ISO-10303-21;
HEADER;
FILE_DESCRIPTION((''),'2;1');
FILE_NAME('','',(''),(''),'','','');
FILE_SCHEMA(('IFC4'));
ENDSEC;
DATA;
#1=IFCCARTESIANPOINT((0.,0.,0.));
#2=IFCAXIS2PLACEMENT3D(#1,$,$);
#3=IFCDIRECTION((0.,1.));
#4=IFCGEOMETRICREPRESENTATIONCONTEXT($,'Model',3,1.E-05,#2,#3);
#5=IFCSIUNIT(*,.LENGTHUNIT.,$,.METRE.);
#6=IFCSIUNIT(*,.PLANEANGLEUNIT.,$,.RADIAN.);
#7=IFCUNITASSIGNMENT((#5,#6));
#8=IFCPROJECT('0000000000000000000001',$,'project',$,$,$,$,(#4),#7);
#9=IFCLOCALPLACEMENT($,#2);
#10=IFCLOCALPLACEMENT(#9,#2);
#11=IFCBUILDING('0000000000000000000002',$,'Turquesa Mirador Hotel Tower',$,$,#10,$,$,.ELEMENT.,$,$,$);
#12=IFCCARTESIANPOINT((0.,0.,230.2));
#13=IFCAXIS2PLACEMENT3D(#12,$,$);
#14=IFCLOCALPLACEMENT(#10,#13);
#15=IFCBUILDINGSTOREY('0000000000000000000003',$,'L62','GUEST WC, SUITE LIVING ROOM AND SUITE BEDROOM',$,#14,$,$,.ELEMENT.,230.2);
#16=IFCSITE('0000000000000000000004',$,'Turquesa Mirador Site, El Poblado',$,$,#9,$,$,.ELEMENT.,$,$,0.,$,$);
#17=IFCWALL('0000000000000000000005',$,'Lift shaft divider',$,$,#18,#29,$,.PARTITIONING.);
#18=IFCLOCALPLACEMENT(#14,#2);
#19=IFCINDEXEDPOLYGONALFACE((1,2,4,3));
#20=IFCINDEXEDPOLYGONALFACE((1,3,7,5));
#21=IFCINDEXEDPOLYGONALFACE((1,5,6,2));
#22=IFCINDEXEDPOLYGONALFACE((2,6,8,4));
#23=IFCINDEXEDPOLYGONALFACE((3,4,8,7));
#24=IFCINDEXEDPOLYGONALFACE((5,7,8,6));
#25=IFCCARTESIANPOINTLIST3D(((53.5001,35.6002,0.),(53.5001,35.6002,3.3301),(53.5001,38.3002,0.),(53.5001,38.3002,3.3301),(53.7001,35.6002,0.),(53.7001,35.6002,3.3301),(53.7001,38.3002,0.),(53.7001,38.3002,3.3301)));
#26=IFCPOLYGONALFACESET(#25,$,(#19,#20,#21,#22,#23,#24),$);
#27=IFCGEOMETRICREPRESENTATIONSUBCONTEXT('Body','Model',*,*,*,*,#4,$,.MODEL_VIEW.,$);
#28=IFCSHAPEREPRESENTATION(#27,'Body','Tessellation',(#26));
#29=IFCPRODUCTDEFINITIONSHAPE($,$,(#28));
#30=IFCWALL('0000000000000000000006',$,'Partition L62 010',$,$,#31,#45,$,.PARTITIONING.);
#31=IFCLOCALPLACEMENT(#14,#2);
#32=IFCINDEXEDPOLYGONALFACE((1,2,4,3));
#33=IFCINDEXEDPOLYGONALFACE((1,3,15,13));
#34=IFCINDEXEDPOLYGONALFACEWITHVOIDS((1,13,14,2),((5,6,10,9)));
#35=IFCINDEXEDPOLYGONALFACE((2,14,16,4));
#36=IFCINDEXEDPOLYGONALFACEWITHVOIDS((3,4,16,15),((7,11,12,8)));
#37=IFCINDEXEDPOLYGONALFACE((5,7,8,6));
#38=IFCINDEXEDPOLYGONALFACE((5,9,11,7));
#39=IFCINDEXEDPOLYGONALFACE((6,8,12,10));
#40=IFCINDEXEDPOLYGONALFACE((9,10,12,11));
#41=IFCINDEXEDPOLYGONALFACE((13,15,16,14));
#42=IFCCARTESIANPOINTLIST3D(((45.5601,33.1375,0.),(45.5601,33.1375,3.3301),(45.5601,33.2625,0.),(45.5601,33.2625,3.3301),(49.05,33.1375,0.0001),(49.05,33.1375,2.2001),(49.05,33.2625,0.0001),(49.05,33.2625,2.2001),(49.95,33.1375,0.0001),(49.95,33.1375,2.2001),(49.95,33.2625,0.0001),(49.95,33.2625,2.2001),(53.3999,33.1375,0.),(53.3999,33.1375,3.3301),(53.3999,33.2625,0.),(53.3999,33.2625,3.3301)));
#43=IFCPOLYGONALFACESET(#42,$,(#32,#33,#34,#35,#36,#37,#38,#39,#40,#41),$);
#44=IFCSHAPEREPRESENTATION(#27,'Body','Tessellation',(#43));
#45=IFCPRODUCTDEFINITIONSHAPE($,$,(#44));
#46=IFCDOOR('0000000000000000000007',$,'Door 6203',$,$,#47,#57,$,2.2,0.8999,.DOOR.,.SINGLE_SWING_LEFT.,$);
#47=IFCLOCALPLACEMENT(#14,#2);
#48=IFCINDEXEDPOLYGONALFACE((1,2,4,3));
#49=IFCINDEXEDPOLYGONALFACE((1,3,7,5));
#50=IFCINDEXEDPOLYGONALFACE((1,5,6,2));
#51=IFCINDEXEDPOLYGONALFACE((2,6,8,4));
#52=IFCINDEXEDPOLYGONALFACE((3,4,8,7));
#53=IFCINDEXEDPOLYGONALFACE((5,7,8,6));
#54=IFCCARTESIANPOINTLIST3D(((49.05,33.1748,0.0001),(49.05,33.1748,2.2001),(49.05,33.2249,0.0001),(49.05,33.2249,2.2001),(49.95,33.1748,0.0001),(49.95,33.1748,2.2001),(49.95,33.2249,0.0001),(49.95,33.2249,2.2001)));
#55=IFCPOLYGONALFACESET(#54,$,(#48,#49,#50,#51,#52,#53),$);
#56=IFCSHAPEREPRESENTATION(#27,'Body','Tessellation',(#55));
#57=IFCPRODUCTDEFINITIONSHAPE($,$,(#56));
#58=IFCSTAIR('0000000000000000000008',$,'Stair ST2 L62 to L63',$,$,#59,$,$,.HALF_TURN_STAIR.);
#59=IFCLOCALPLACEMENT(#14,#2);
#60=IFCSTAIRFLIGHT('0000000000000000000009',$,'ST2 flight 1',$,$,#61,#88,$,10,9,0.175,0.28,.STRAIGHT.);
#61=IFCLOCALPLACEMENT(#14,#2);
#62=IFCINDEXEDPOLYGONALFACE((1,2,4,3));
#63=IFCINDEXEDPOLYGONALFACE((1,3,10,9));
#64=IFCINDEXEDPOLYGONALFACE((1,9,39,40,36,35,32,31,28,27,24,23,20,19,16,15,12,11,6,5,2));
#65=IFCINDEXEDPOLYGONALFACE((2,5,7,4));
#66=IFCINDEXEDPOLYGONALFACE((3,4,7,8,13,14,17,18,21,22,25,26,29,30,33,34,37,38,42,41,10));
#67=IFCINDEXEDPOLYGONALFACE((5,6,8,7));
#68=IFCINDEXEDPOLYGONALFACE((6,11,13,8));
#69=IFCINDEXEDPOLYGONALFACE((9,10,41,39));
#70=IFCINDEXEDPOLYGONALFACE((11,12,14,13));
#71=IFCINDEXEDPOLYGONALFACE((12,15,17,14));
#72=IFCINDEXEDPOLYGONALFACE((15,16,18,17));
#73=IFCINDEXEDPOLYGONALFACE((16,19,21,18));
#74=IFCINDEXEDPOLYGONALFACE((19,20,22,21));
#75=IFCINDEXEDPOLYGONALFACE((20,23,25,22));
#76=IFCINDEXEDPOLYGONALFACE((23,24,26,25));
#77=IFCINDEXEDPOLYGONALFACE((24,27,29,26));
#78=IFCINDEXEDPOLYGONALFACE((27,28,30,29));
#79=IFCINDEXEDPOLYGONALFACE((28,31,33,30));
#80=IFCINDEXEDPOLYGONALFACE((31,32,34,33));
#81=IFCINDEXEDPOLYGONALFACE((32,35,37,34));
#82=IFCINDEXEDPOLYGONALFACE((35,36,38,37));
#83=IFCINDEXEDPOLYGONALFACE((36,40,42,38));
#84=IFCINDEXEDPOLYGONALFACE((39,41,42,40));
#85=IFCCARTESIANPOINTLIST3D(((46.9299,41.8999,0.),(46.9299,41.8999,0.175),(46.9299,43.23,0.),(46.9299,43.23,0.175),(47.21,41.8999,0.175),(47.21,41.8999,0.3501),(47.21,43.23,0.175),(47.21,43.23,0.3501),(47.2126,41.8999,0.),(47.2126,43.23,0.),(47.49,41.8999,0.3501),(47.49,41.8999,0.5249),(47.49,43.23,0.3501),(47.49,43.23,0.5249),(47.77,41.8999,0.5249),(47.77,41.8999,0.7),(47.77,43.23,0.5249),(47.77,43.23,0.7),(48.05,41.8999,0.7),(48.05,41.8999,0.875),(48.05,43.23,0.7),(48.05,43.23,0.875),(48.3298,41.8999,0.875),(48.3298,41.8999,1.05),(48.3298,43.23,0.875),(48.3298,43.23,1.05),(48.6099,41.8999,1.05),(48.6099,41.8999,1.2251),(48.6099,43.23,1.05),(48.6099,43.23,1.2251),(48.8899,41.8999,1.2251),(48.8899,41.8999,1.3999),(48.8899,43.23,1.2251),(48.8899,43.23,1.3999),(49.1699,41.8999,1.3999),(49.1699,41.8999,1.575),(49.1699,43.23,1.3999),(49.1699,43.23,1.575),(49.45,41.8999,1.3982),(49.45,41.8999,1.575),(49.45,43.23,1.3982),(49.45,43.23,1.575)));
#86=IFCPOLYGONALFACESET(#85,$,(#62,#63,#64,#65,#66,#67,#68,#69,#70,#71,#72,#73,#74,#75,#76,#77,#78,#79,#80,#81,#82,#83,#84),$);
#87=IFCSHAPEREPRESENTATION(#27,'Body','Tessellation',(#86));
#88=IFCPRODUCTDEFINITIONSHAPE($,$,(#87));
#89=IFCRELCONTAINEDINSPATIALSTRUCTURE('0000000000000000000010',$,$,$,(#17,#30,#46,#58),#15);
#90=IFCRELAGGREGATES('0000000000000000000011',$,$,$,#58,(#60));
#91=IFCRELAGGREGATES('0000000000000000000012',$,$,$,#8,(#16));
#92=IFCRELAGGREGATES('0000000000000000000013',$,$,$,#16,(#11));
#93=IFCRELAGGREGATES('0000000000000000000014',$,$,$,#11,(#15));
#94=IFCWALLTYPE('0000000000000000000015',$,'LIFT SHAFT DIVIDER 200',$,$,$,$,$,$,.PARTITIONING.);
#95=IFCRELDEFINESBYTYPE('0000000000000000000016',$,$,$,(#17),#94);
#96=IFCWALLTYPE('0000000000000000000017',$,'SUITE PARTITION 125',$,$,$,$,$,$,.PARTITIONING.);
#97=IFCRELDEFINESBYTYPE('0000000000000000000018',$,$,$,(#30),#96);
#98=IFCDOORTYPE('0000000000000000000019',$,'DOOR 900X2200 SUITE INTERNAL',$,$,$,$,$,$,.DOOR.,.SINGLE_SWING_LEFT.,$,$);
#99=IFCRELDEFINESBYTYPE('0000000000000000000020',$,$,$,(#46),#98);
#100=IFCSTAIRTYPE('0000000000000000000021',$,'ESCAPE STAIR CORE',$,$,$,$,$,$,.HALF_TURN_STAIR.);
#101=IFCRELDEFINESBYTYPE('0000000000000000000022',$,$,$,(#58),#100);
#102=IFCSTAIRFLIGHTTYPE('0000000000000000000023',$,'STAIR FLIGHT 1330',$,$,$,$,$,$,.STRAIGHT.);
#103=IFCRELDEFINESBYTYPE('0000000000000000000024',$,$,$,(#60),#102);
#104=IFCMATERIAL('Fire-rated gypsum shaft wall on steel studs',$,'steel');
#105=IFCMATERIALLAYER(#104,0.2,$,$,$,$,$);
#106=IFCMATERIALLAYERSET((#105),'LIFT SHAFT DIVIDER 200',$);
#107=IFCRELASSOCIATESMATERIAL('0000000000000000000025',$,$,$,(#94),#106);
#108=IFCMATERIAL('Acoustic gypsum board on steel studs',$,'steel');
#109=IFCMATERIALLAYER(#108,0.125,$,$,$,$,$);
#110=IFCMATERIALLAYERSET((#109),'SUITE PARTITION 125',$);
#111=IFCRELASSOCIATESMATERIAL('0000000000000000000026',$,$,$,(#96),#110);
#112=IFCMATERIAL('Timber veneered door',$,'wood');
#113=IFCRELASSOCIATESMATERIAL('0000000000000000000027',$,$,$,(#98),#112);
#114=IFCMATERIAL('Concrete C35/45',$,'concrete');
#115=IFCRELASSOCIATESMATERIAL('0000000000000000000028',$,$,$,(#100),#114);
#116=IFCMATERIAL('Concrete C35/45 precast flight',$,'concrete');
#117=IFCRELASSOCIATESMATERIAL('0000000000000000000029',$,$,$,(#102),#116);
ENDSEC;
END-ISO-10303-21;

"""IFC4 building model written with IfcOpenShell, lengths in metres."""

from ifc_helpers import new_model, si_unit, direction, frame, frame_2d, origin, place, context, subcontext, project, spatial, polyline, rectangle, outline, extrude, material, layer, layer_set, type_object, element, fill, aggregate, save


model = new_model("IFC4")

# Units and contexts
model_context = context("Model", 3, precision=1e-05, world=origin(), true_north=direction((0.0, 1.0)))
body_context = subcontext(model_context, "Body", "Model", "MODEL_VIEW")
ifc_project = project(units=[si_unit("LENGTHUNIT", "METRE"), si_unit("PLANEANGLEUNIT", "RADIAN")], contexts=[model_context])

# Site, building, storey
site_placement = place(None, origin())
site = spatial("IfcSite", under=ifc_project, at=site_placement, Name="Turquesa Mirador Site, El Poblado", CompositionType="ELEMENT", RefElevation=0.0)
building_placement = place(site_placement, origin())
building = spatial("IfcBuilding", under=site, at=building_placement, Name="Turquesa Mirador Hotel Tower", CompositionType="ELEMENT")
storey_placement = place(building_placement, frame((0.0, 0.0, 230.2)))
storey = spatial("IfcBuildingStorey", under=building, at=storey_placement, Name="L62", Description="GUEST WC, SUITE LIVING ROOM AND SUITE BEDROOM", CompositionType="ELEMENT", Elevation=230.2)

# Wall
ifc_material_1 = material(Name="Fire-rated gypsum shaft wall on steel studs", Category="steel")
ifc_layer_1 = layer(ifc_material_1, 0.2)
ifc_layer_set_1 = layer_set([ifc_layer_1], Name="LIFT SHAFT DIVIDER 200")
wall_type_1 = type_object("IfcWallType", Name="LIFT SHAFT DIVIDER 200", PredefinedType="PARTITIONING", material=ifc_layer_set_1)
for number, where, z_axis, x_axis, name in (
    (1, (53.6001, 35.6001, 0.0), (0.0, 0.0, 1.0), (0.0, 1.0, 0.0), "Lift shaft divider"),
):
    element("IfcWall", number, at=place(storey_placement, frame(where, z_axis=z_axis, x_axis=x_axis)), inside=storey, type_object=wall_type_1, Name=name, PredefinedType="PARTITIONING", context=body_context, shape_type="SweptSolid", body=[
        extrude(rectangle(XDim=2.7, YDim=0.2, at=frame_2d((1.3501, 0.0))), origin(), (0.0, 0.0, 1.0), 3.3301),
    ])

# Wall, opening, door
ifc_material_2 = material(Name="Acoustic gypsum board on steel studs", Category="steel")
ifc_layer_2 = layer(ifc_material_2, 0.125)
ifc_layer_set_2 = layer_set([ifc_layer_2], Name="SUITE PARTITION 125")
wall_type_2 = type_object("IfcWallType", Name="SUITE PARTITION 125", PredefinedType="PARTITIONING", material=ifc_layer_set_2)
wall_1_placement = place(storey_placement, frame((45.5601, 33.2, 0.0), z_axis=(0.0, 0.0, 1.0), x_axis=(1.0, 0.0, 0.0)))
wall_1 = element("IfcWall", 2, at=wall_1_placement, inside=storey, type_object=wall_type_2, Name="Partition L62 010", PredefinedType="PARTITIONING", context=body_context, shape_type="SweptSolid", body=[
    extrude(rectangle(XDim=7.8398, YDim=0.125, at=frame_2d((3.9199, 0.0))), origin(), (0.0, 0.0, 1.0), 3.3301),
])
opening_1_placement = place(wall_1_placement, frame((3.49, 0.0, 0.0)))
opening_1 = element("IfcOpeningElement", 3, at=opening_1_placement, cuts=wall_1, PredefinedType="OPENING", context=body_context, shape_type="SweptSolid", body=[
    extrude(rectangle(XDim=0.8999, YDim=2.2, at=frame_2d((0.45, 1.1001))), frame((0.0, 0.0725, 0.0), z_axis=(0.0, -1.0, 0.0), x_axis=(1.0, 0.0, 0.0)), (0.0, 0.0, 1.0), 0.145),
])
ifc_material_3 = material(Name="Timber veneered door", Category="wood")
door_type_1 = type_object("IfcDoorType", Name="DOOR 900X2200 SUITE INTERNAL", OperationType="SINGLE_SWING_LEFT", PredefinedType="DOOR", material=ifc_material_3)
door_1_placement = place(opening_1_placement, origin())
door_1 = element("IfcDoor", 4, at=door_1_placement, inside=storey, type_object=door_type_1, Name="Door 6203", OperationType="SINGLE_SWING_LEFT", OverallHeight=2.2, OverallWidth=0.8999, PredefinedType="DOOR", context=body_context, shape_type="SweptSolid", body=[
    extrude(rectangle(XDim=0.8999, YDim=2.2, at=frame_2d((0.45, 1.1001))), frame((0.0, 0.0249, 0.0), z_axis=(0.0, -1.0, 0.0), x_axis=(1.0, 0.0, 0.0)), (0.0, 0.0, 1.0), 0.05),
])
fill(opening_1, door_1)

# Stair, stair flight
ifc_material_4 = material(Name="Concrete C35/45", Category="concrete")
stair_type = type_object("IfcStairType", Name="ESCAPE STAIR CORE", PredefinedType="HALF_TURN_STAIR", material=ifc_material_4)
stair_placement = place(storey_placement, origin())
stair = element("IfcStair", 5, at=stair_placement, inside=storey, type_object=stair_type, Name="Stair ST2 L62 to L63", PredefinedType="HALF_TURN_STAIR")
ifc_material_5 = material(Name="Concrete C35/45 precast flight", Category="concrete")
stair_flight_type = type_object("IfcStairFlightType", Name="STAIR FLIGHT 1330", PredefinedType="STRAIGHT", material=ifc_material_5)
stair_flight_placement = place(storey_placement, frame((46.9299, 42.5649, 0.0), z_axis=(0.0, 0.0, 1.0), x_axis=(1.0, 0.0, 0.0)))
stair_flight = element("IfcStairFlight", 6, at=stair_flight_placement, type_object=stair_flight_type, Name="ST2 flight 1", NumberOfRisers=10, NumberOfTreads=9, PredefinedType="STRAIGHT", RiserHeight=0.175, TreadLength=0.28, context=body_context, shape_type="SweptSolid", body=[
    extrude(outline(polyline([(0.0, 0.0), (0.0, 0.175), (0.28, 0.175), (0.28, 0.3501), (0.5601, 0.3501), (0.5601, 0.5249), (0.8401, 0.5249), (0.8401, 0.7), (1.1201, 0.7), (1.1201, 0.875), (1.3999, 0.875), (1.3999, 1.05), (1.6799, 1.05), (1.6799, 1.2251), (1.96, 1.2251), (1.96, 1.3999), (2.24, 1.3999), (2.24, 1.575), (2.52, 1.575), (2.52, 1.75), (2.52, 1.3982), (0.2827, 0.0), (0.0, 0.0)])), frame((0.0, 0.665, 0.0), z_axis=(0.0, -1.0, 0.0), x_axis=(1.0, 0.0, 0.0)), (0.0, 0.0, 1.0), 1.3301),
])
aggregate(stair, [stair_flight])

save(model, "model.ifc")
